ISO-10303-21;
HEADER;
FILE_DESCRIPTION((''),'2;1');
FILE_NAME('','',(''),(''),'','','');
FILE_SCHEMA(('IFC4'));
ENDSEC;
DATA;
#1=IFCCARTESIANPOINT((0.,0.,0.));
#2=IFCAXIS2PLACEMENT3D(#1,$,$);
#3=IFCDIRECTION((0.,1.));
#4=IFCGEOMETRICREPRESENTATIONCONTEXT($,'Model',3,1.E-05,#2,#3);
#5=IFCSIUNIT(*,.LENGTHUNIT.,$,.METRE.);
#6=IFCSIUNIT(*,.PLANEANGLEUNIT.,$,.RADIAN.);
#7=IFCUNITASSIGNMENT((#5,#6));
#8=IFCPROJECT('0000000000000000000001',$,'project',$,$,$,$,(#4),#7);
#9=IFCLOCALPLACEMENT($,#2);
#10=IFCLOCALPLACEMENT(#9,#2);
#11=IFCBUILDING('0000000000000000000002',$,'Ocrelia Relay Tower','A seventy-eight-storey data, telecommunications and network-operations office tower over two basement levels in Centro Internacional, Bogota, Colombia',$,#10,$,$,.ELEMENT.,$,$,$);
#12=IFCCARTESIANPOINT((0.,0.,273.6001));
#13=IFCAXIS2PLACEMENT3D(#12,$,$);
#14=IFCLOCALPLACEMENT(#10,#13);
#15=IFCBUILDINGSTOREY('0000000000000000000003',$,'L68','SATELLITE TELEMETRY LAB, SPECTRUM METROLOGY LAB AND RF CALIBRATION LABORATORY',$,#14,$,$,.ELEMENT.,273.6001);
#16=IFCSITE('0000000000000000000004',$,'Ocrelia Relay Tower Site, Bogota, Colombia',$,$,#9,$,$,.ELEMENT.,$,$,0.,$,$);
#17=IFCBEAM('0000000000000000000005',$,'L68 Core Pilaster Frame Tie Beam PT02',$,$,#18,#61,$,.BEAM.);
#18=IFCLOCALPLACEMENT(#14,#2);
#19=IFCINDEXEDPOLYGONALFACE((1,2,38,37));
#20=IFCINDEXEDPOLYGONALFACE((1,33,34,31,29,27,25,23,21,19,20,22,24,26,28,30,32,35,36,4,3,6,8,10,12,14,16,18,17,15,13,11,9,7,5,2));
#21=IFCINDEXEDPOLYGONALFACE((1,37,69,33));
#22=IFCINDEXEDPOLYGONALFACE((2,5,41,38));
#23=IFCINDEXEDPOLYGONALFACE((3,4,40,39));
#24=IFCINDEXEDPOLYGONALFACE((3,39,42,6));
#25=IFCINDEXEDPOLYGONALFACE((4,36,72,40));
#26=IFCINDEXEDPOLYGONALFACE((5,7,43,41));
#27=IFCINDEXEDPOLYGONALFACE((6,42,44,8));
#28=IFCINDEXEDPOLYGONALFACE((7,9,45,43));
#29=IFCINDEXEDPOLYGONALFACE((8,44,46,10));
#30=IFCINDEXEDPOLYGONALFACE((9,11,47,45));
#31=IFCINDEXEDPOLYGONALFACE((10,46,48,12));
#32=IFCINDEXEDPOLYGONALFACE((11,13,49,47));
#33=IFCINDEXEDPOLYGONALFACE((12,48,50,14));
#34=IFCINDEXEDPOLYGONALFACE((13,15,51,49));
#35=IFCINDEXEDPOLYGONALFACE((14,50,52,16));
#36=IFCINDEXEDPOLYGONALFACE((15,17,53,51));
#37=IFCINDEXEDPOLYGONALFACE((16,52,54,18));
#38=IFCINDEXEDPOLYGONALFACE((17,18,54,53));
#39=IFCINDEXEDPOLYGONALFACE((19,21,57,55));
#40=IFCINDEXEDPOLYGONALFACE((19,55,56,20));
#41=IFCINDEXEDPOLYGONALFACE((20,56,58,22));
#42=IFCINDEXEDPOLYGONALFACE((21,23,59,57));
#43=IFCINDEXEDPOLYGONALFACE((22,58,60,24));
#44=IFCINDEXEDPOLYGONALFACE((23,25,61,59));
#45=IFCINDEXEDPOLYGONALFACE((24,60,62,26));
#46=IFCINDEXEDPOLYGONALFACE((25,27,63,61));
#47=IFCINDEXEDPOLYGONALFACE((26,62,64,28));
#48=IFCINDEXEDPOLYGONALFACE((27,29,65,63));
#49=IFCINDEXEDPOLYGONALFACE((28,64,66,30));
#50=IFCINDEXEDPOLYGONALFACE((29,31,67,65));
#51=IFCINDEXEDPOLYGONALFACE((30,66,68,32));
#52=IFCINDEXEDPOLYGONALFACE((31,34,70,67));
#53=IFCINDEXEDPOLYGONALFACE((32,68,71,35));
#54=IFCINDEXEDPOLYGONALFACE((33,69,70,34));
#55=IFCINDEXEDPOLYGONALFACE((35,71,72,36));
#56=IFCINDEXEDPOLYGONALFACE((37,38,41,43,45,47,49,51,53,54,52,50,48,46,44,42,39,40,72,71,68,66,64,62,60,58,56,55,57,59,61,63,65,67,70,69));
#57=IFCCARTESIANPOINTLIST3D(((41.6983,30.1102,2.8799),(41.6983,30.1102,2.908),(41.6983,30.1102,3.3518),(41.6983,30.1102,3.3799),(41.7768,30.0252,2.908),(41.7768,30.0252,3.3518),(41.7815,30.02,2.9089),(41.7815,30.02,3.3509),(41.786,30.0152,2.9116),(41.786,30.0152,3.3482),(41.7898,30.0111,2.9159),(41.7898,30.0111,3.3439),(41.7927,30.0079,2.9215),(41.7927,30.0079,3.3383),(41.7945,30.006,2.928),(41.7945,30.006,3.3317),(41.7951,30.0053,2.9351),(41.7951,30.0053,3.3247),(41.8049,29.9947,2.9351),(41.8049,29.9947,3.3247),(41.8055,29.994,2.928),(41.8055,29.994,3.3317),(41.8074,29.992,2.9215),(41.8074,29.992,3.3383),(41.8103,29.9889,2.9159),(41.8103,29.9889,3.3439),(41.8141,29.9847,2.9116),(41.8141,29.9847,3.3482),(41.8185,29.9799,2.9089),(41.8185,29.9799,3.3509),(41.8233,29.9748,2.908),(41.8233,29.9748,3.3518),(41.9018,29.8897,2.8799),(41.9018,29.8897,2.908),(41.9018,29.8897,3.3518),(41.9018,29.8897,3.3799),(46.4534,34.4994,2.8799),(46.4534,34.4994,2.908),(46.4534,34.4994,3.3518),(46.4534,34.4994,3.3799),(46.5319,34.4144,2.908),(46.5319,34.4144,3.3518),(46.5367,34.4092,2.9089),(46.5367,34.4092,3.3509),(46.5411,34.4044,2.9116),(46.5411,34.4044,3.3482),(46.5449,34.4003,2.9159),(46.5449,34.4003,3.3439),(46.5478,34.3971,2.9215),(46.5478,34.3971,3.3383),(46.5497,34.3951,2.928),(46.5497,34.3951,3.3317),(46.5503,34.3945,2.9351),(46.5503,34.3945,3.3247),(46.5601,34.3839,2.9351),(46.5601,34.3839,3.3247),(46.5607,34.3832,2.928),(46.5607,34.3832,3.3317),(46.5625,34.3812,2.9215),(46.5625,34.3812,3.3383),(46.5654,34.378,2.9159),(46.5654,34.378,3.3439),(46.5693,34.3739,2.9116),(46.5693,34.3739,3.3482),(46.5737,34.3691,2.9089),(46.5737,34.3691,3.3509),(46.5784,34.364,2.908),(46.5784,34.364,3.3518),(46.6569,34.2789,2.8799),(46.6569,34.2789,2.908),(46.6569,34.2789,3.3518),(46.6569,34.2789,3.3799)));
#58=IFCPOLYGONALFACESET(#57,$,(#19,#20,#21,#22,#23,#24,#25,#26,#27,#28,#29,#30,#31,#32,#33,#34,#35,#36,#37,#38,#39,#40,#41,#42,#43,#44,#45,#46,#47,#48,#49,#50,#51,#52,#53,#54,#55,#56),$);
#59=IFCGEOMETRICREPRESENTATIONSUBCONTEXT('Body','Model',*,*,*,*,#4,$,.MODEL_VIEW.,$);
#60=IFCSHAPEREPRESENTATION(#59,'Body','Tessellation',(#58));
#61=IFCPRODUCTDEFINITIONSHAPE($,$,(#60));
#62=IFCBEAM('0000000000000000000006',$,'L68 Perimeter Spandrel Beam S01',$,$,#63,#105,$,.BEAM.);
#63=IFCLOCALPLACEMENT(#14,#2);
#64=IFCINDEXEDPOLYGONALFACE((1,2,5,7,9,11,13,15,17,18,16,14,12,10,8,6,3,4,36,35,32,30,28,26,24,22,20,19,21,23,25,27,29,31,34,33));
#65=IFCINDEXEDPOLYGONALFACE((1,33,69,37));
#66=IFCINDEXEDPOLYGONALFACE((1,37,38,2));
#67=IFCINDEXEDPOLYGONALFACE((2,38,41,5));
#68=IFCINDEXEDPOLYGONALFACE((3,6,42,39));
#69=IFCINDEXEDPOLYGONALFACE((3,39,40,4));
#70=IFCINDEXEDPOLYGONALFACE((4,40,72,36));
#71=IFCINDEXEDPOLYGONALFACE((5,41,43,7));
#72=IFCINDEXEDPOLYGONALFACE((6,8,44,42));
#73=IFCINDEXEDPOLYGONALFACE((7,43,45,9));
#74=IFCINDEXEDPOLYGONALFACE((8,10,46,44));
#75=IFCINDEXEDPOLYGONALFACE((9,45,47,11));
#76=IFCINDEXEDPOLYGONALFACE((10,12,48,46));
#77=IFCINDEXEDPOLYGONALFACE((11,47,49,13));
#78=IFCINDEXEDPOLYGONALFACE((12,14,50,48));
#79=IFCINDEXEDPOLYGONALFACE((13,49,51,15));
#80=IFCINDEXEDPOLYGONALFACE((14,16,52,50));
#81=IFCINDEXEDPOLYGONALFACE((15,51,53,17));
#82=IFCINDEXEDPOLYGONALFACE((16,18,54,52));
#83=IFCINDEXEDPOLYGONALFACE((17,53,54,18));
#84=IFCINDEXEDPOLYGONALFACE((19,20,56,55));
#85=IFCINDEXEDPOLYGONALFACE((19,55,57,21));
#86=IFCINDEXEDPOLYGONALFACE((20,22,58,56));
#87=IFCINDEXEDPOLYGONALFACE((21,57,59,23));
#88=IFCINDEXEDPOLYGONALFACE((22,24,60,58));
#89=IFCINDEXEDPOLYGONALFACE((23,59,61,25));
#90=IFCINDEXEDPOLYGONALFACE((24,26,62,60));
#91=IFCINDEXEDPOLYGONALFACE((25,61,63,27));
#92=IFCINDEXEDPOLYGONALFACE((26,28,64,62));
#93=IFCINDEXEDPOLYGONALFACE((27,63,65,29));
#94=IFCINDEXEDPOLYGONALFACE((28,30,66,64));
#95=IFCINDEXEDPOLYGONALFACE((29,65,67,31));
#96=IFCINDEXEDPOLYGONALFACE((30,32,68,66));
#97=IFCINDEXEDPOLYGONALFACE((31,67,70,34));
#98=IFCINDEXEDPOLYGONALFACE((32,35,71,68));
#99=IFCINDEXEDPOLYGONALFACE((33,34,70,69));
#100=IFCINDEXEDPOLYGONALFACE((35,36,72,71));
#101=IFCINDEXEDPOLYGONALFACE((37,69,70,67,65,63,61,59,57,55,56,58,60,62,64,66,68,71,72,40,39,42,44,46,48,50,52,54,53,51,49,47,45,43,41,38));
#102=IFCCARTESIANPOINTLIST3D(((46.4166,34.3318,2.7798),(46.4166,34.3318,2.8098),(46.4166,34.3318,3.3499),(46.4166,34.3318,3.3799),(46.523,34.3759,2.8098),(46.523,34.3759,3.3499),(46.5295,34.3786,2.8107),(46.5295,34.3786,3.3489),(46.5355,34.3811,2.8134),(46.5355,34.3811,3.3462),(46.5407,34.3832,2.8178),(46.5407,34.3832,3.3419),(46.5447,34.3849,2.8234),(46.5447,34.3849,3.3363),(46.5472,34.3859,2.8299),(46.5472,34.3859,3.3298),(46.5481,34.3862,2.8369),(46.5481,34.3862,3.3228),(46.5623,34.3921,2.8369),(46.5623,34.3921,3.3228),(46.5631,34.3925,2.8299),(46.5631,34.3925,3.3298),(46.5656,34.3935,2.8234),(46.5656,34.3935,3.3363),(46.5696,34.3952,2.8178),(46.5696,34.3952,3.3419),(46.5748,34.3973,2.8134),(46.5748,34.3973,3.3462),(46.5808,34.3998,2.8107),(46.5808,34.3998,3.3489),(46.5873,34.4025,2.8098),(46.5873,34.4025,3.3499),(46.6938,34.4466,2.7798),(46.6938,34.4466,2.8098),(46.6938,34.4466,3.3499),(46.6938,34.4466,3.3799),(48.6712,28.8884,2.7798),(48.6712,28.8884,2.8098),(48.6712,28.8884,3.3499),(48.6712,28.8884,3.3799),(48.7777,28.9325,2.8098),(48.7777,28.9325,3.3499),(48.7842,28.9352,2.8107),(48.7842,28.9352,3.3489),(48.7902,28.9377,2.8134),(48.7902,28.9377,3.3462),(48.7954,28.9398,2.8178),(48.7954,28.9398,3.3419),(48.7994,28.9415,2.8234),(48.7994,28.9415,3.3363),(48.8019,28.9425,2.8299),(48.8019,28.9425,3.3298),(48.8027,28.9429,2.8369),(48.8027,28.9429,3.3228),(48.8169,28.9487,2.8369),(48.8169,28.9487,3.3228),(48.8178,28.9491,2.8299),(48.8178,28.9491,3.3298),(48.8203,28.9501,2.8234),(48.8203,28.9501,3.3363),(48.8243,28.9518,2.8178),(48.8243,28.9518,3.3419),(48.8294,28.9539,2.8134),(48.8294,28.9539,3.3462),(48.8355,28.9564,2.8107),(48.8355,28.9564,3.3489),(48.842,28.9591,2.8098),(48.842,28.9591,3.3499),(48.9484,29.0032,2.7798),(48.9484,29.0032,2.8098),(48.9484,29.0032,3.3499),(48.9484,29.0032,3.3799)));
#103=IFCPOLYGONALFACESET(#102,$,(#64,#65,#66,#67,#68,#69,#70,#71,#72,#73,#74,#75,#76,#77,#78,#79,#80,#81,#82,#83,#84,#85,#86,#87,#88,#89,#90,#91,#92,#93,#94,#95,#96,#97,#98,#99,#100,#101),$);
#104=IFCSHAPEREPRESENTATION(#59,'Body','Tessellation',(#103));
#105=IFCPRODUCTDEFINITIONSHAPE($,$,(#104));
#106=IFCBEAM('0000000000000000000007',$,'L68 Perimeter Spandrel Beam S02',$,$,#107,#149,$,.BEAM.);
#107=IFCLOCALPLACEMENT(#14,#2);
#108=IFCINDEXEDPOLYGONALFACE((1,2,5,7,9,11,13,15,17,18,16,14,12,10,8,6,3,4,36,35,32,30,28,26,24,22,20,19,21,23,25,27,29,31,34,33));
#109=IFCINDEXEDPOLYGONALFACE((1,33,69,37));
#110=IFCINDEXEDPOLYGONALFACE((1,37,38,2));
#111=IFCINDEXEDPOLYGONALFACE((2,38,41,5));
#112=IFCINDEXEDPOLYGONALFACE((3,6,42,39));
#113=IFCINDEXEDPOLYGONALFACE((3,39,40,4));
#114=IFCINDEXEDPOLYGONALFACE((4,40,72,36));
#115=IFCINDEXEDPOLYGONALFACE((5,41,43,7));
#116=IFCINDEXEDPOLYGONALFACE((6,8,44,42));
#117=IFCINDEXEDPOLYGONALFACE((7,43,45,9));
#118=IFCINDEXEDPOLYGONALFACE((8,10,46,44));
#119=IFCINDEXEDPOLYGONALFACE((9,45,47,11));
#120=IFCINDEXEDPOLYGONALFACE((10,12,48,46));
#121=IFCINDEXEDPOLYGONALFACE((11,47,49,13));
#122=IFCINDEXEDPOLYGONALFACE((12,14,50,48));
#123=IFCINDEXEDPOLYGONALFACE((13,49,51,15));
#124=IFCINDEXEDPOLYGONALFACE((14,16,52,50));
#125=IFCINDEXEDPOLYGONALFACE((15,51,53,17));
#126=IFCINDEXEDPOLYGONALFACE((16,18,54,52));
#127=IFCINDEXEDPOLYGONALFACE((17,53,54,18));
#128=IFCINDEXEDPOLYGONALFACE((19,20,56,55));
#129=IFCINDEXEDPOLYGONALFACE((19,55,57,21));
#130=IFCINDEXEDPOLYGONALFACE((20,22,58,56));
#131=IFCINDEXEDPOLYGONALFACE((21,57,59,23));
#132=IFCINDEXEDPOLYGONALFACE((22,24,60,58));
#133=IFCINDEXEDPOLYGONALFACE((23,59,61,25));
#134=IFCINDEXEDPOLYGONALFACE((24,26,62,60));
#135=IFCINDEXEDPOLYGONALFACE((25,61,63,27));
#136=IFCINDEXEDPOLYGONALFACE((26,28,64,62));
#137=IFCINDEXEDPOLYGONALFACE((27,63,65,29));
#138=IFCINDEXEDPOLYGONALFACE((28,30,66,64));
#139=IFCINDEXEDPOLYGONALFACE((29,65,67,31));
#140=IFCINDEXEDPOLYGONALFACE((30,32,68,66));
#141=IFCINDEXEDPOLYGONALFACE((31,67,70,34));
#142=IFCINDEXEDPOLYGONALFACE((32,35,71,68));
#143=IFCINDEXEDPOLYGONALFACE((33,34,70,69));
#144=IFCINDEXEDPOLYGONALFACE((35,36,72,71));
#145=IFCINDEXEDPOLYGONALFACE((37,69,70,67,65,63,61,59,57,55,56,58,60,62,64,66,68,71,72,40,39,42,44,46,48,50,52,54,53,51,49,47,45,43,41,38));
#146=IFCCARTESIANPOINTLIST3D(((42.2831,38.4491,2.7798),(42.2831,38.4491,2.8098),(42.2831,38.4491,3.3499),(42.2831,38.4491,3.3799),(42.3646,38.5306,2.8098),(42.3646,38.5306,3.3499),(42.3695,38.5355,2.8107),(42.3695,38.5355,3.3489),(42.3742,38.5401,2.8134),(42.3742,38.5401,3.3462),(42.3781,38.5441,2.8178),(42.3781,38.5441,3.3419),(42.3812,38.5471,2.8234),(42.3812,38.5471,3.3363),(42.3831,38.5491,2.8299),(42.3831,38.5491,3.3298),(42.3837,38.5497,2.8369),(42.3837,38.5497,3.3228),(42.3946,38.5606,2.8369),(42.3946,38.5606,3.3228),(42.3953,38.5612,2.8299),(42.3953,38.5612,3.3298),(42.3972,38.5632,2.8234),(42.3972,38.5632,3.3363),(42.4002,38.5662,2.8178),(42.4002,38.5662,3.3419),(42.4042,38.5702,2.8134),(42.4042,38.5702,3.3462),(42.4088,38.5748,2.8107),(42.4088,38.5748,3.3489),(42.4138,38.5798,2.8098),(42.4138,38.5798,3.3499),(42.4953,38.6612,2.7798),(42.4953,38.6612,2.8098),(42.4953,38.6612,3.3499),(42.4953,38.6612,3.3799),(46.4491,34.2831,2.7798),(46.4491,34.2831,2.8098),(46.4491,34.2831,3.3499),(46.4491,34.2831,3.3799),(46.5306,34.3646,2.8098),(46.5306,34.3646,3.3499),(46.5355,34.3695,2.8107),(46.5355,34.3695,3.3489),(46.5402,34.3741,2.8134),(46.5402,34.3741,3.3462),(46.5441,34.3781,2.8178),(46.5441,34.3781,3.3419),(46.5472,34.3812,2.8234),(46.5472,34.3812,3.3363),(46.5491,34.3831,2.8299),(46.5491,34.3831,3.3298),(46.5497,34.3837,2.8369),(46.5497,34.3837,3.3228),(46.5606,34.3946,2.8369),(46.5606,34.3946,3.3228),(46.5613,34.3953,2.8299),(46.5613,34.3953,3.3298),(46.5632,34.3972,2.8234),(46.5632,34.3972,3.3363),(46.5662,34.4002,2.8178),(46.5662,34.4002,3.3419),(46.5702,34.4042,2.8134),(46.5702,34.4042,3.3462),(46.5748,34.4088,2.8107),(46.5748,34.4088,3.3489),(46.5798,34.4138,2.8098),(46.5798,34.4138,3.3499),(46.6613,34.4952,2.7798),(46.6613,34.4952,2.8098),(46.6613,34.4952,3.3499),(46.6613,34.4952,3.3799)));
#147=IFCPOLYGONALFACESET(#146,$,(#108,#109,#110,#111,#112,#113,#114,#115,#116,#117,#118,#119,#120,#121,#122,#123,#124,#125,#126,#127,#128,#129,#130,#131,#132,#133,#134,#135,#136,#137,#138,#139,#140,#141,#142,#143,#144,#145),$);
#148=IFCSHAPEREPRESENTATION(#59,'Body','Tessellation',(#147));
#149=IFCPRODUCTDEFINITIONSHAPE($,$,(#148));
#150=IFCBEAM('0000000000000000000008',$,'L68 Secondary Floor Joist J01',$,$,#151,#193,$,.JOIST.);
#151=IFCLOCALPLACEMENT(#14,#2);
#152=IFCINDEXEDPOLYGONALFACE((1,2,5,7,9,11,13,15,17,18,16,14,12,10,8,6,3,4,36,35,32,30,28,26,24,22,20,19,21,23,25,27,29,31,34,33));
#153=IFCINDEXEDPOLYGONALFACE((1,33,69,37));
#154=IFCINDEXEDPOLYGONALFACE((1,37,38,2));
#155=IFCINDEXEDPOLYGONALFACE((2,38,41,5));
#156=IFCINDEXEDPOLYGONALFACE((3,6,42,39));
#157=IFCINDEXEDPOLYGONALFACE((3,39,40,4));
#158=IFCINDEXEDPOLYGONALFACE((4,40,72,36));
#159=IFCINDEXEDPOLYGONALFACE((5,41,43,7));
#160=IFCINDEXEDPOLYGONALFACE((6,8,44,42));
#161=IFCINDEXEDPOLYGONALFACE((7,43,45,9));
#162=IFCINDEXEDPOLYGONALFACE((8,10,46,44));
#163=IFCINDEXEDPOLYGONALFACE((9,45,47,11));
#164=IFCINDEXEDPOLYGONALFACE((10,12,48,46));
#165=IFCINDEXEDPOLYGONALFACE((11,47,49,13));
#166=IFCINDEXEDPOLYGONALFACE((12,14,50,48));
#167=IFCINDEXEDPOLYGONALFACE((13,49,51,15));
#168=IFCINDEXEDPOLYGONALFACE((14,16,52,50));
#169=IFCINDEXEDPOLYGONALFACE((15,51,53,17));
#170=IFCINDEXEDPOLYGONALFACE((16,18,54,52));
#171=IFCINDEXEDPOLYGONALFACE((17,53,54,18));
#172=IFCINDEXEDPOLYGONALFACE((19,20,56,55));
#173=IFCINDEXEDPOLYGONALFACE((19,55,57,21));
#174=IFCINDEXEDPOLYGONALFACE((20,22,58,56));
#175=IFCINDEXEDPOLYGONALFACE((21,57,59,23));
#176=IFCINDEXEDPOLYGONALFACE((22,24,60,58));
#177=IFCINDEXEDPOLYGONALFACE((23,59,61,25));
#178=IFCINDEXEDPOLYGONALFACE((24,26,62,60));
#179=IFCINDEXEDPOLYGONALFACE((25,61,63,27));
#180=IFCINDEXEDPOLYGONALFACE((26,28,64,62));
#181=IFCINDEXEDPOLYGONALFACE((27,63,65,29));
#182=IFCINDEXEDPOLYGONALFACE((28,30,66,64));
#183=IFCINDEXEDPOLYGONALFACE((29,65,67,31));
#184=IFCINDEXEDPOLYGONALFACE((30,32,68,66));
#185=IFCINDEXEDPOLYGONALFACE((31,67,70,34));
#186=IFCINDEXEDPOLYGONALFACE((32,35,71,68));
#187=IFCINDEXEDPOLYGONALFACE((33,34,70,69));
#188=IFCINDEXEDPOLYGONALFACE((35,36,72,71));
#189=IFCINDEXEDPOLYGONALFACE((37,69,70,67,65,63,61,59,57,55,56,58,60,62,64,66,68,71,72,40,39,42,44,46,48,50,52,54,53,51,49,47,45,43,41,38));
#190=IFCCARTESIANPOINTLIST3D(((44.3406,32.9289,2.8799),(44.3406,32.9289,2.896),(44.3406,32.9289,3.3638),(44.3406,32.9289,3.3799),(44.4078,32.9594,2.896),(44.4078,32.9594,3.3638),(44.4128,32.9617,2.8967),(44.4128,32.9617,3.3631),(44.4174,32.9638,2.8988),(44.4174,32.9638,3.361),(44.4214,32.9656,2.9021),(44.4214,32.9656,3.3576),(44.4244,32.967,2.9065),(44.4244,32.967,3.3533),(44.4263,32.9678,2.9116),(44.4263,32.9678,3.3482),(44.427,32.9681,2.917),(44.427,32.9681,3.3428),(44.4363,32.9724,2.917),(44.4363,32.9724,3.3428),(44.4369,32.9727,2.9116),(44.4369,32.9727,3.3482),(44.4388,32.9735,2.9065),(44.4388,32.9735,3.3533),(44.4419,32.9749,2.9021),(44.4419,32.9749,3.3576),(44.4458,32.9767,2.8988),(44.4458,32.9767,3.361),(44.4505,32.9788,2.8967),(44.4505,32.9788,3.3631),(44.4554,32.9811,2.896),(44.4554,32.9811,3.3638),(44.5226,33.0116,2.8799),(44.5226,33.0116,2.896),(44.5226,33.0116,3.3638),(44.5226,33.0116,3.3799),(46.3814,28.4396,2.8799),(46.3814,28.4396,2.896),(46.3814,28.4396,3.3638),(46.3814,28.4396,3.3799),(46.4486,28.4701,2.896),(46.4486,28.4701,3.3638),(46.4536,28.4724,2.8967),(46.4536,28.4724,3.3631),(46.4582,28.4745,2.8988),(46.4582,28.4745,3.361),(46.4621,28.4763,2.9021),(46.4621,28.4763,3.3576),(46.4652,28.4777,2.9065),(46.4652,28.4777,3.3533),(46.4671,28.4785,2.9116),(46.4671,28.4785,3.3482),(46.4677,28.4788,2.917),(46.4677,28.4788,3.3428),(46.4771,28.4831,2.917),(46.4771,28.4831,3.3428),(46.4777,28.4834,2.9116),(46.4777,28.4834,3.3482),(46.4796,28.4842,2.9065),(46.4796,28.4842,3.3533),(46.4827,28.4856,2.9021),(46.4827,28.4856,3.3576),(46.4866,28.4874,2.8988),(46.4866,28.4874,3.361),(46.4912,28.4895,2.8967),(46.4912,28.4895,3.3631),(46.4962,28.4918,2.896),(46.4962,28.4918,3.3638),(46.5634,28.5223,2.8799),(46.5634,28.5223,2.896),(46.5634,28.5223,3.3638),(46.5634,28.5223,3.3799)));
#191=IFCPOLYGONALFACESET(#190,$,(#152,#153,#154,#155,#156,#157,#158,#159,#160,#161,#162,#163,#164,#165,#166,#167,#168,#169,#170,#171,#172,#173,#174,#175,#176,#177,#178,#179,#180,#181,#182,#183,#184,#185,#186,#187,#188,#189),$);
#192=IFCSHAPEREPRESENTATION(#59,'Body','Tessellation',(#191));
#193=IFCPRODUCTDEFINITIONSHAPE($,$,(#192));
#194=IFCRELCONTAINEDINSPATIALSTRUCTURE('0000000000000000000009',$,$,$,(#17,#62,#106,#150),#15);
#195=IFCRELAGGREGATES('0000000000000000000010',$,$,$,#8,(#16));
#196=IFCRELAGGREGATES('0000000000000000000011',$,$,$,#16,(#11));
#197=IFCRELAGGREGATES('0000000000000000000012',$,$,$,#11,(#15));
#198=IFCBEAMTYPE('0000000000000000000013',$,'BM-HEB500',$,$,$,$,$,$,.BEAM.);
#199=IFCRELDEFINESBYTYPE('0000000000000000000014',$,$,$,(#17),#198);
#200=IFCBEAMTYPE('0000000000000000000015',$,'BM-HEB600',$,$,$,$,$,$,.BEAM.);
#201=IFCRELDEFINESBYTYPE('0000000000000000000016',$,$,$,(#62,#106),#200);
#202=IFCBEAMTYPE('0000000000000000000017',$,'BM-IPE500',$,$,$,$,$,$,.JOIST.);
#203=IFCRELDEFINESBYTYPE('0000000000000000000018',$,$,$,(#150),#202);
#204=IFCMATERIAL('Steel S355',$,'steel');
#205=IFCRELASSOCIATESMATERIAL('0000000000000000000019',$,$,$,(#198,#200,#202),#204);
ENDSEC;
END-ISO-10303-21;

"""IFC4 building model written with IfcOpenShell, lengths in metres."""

from ifc_helpers import new_model, si_unit, direction, frame, origin, origin_2d, place, context, subcontext, project, spatial, i_section, extrude, material, material_profile, profile_set, type_object, element, save


model = new_model("IFC4")

# Units and contexts
model_context = context("Model", 3, precision=1e-05, world=origin(), true_north=direction((0.0, 1.0)))
body_context = subcontext(model_context, "Body", "Model", "MODEL_VIEW")
ifc_project = project(units=[si_unit("LENGTHUNIT", "METRE"), si_unit("PLANEANGLEUNIT", "RADIAN")], contexts=[model_context])

# Site, building, storey
site_placement = place(None, origin())
site = spatial("IfcSite", under=ifc_project, at=site_placement, Name="Ocrelia Relay Tower Site, Bogota, Colombia", CompositionType="ELEMENT", RefElevation=0.0)
building_placement = place(site_placement, origin())
building = spatial("IfcBuilding", under=site, at=building_placement, Name="Ocrelia Relay Tower", Description="A seventy-eight-storey data, telecommunications and network-operations office tower over two basement levels in Centro Internacional, Bogota, Colombia", CompositionType="ELEMENT")
storey_placement = place(building_placement, frame((0.0, 0.0, 273.6001)))
storey = spatial("IfcBuildingStorey", under=building, at=storey_placement, Name="L68", Description="SATELLITE TELEMETRY LAB, SPECTRUM METROLOGY LAB AND RF CALIBRATION LABORATORY", CompositionType="ELEMENT", Elevation=273.6001)

# Beams
ifc_material_1 = material(Name="Steel S355", Category="steel")
ifc_material_profile_1 = material_profile(ifc_material_1, i_section(OverallWidth=0.3, OverallDepth=0.5, WebThickness=0.0144, FlangeThickness=0.0281, FilletRadius=0.0271, at=origin_2d()), Name="HEB 500")
ifc_profile_set_1 = profile_set([ifc_material_profile_1], Name="Steel S355")
beam_type_1 = type_object("IfcBeamType", Name="BM-HEB500", PredefinedType="BEAM", material=ifc_profile_set_1)
beam_1_placement = place(storey_placement, frame((46.5552, 34.3892, 3.1299), z_axis=(-0.734818, -0.678264, 0.0), x_axis=(0.678264, -0.734818, 0.0)))
element("IfcBeam", 1, at=beam_1_placement, inside=storey, type_object=beam_type_1, Name="L68 Core Pilaster Frame Tie Beam PT02", PredefinedType="BEAM", context=body_context, shape_type="SweptSolid", body=[
    extrude(i_section(OverallWidth=0.3, OverallDepth=0.5, WebThickness=0.0144, FlangeThickness=0.0281, FilletRadius=0.0271, at=origin_2d()), origin(), (0.0, 0.0, 1.0), 6.4712),
])
ifc_material_profile_2 = material_profile(ifc_material_1, i_section(OverallWidth=0.3, OverallDepth=0.6001, WebThickness=0.0154, FlangeThickness=0.03, FilletRadius=0.0271, at=origin_2d()), Name="HEB 600")
ifc_profile_set_2 = profile_set([ifc_material_profile_2], Name="Steel S355")
beam_type_2 = type_object("IfcBeamType", Name="BM-HEB600", PredefinedType="BEAM", material=ifc_profile_set_2)
beam_2_placement = place(storey_placement, frame((48.8098, 28.9458, 3.0798), z_axis=(-0.382673, 0.923884, 0.0), x_axis=(-0.923884, -0.382673, 0.0)))
element("IfcBeam", 2, at=beam_2_placement, inside=storey, type_object=beam_type_2, Name="L68 Perimeter Spandrel Beam S01", PredefinedType="BEAM", context=body_context, shape_type="SweptSolid", body=[
    extrude(i_section(OverallWidth=0.3, OverallDepth=0.6001, WebThickness=0.0154, FlangeThickness=0.03, FilletRadius=0.0271, at=origin_2d()), origin(), (0.0, 0.0, 1.0), 5.8918),
])
beam_3_placement = place(storey_placement, frame((46.5552, 34.3892, 3.0798), z_axis=(-0.707107, 0.707107, 0.0), x_axis=(-0.707107, -0.707107, 0.0)))
element("IfcBeam", 3, at=beam_3_placement, inside=storey, type_object=beam_type_2, Name="L68 Perimeter Spandrel Beam S02", PredefinedType="BEAM", context=body_context, shape_type="SweptSolid", body=[
    extrude(i_section(OverallWidth=0.3, OverallDepth=0.6001, WebThickness=0.0154, FlangeThickness=0.03, FilletRadius=0.0271, at=origin_2d()), origin(), (0.0, 0.0, 1.0), 5.8916),
])
ifc_material_profile_3 = material_profile(ifc_material_1, i_section(OverallWidth=0.2, OverallDepth=0.5, WebThickness=0.0103, FlangeThickness=0.0161, FilletRadius=0.021, at=origin_2d()), Name="IPE 500")
ifc_profile_set_3 = profile_set([ifc_material_profile_3], Name="Steel S355")
beam_type_3 = type_object("IfcBeamType", Name="BM-IPE500", PredefinedType="JOIST", material=ifc_profile_set_3)
beam_4_placement = place(storey_placement, frame((46.4724, 28.481, 3.1299), z_axis=(-0.413837, 0.910351, 0.0), x_axis=(-0.910351, -0.413837, 0.0)))
element("IfcBeam", 4, at=beam_4_placement, inside=storey, type_object=beam_type_3, Name="L68 Secondary Floor Joist J01", PredefinedType="JOIST", context=body_context, shape_type="SweptSolid", body=[
    extrude(i_section(OverallWidth=0.2, OverallDepth=0.5, WebThickness=0.0103, FlangeThickness=0.0161, FilletRadius=0.021, at=origin_2d()), origin(), (0.0, 0.0, 1.0), 4.9314),
])

save(model, "model.ifc")
